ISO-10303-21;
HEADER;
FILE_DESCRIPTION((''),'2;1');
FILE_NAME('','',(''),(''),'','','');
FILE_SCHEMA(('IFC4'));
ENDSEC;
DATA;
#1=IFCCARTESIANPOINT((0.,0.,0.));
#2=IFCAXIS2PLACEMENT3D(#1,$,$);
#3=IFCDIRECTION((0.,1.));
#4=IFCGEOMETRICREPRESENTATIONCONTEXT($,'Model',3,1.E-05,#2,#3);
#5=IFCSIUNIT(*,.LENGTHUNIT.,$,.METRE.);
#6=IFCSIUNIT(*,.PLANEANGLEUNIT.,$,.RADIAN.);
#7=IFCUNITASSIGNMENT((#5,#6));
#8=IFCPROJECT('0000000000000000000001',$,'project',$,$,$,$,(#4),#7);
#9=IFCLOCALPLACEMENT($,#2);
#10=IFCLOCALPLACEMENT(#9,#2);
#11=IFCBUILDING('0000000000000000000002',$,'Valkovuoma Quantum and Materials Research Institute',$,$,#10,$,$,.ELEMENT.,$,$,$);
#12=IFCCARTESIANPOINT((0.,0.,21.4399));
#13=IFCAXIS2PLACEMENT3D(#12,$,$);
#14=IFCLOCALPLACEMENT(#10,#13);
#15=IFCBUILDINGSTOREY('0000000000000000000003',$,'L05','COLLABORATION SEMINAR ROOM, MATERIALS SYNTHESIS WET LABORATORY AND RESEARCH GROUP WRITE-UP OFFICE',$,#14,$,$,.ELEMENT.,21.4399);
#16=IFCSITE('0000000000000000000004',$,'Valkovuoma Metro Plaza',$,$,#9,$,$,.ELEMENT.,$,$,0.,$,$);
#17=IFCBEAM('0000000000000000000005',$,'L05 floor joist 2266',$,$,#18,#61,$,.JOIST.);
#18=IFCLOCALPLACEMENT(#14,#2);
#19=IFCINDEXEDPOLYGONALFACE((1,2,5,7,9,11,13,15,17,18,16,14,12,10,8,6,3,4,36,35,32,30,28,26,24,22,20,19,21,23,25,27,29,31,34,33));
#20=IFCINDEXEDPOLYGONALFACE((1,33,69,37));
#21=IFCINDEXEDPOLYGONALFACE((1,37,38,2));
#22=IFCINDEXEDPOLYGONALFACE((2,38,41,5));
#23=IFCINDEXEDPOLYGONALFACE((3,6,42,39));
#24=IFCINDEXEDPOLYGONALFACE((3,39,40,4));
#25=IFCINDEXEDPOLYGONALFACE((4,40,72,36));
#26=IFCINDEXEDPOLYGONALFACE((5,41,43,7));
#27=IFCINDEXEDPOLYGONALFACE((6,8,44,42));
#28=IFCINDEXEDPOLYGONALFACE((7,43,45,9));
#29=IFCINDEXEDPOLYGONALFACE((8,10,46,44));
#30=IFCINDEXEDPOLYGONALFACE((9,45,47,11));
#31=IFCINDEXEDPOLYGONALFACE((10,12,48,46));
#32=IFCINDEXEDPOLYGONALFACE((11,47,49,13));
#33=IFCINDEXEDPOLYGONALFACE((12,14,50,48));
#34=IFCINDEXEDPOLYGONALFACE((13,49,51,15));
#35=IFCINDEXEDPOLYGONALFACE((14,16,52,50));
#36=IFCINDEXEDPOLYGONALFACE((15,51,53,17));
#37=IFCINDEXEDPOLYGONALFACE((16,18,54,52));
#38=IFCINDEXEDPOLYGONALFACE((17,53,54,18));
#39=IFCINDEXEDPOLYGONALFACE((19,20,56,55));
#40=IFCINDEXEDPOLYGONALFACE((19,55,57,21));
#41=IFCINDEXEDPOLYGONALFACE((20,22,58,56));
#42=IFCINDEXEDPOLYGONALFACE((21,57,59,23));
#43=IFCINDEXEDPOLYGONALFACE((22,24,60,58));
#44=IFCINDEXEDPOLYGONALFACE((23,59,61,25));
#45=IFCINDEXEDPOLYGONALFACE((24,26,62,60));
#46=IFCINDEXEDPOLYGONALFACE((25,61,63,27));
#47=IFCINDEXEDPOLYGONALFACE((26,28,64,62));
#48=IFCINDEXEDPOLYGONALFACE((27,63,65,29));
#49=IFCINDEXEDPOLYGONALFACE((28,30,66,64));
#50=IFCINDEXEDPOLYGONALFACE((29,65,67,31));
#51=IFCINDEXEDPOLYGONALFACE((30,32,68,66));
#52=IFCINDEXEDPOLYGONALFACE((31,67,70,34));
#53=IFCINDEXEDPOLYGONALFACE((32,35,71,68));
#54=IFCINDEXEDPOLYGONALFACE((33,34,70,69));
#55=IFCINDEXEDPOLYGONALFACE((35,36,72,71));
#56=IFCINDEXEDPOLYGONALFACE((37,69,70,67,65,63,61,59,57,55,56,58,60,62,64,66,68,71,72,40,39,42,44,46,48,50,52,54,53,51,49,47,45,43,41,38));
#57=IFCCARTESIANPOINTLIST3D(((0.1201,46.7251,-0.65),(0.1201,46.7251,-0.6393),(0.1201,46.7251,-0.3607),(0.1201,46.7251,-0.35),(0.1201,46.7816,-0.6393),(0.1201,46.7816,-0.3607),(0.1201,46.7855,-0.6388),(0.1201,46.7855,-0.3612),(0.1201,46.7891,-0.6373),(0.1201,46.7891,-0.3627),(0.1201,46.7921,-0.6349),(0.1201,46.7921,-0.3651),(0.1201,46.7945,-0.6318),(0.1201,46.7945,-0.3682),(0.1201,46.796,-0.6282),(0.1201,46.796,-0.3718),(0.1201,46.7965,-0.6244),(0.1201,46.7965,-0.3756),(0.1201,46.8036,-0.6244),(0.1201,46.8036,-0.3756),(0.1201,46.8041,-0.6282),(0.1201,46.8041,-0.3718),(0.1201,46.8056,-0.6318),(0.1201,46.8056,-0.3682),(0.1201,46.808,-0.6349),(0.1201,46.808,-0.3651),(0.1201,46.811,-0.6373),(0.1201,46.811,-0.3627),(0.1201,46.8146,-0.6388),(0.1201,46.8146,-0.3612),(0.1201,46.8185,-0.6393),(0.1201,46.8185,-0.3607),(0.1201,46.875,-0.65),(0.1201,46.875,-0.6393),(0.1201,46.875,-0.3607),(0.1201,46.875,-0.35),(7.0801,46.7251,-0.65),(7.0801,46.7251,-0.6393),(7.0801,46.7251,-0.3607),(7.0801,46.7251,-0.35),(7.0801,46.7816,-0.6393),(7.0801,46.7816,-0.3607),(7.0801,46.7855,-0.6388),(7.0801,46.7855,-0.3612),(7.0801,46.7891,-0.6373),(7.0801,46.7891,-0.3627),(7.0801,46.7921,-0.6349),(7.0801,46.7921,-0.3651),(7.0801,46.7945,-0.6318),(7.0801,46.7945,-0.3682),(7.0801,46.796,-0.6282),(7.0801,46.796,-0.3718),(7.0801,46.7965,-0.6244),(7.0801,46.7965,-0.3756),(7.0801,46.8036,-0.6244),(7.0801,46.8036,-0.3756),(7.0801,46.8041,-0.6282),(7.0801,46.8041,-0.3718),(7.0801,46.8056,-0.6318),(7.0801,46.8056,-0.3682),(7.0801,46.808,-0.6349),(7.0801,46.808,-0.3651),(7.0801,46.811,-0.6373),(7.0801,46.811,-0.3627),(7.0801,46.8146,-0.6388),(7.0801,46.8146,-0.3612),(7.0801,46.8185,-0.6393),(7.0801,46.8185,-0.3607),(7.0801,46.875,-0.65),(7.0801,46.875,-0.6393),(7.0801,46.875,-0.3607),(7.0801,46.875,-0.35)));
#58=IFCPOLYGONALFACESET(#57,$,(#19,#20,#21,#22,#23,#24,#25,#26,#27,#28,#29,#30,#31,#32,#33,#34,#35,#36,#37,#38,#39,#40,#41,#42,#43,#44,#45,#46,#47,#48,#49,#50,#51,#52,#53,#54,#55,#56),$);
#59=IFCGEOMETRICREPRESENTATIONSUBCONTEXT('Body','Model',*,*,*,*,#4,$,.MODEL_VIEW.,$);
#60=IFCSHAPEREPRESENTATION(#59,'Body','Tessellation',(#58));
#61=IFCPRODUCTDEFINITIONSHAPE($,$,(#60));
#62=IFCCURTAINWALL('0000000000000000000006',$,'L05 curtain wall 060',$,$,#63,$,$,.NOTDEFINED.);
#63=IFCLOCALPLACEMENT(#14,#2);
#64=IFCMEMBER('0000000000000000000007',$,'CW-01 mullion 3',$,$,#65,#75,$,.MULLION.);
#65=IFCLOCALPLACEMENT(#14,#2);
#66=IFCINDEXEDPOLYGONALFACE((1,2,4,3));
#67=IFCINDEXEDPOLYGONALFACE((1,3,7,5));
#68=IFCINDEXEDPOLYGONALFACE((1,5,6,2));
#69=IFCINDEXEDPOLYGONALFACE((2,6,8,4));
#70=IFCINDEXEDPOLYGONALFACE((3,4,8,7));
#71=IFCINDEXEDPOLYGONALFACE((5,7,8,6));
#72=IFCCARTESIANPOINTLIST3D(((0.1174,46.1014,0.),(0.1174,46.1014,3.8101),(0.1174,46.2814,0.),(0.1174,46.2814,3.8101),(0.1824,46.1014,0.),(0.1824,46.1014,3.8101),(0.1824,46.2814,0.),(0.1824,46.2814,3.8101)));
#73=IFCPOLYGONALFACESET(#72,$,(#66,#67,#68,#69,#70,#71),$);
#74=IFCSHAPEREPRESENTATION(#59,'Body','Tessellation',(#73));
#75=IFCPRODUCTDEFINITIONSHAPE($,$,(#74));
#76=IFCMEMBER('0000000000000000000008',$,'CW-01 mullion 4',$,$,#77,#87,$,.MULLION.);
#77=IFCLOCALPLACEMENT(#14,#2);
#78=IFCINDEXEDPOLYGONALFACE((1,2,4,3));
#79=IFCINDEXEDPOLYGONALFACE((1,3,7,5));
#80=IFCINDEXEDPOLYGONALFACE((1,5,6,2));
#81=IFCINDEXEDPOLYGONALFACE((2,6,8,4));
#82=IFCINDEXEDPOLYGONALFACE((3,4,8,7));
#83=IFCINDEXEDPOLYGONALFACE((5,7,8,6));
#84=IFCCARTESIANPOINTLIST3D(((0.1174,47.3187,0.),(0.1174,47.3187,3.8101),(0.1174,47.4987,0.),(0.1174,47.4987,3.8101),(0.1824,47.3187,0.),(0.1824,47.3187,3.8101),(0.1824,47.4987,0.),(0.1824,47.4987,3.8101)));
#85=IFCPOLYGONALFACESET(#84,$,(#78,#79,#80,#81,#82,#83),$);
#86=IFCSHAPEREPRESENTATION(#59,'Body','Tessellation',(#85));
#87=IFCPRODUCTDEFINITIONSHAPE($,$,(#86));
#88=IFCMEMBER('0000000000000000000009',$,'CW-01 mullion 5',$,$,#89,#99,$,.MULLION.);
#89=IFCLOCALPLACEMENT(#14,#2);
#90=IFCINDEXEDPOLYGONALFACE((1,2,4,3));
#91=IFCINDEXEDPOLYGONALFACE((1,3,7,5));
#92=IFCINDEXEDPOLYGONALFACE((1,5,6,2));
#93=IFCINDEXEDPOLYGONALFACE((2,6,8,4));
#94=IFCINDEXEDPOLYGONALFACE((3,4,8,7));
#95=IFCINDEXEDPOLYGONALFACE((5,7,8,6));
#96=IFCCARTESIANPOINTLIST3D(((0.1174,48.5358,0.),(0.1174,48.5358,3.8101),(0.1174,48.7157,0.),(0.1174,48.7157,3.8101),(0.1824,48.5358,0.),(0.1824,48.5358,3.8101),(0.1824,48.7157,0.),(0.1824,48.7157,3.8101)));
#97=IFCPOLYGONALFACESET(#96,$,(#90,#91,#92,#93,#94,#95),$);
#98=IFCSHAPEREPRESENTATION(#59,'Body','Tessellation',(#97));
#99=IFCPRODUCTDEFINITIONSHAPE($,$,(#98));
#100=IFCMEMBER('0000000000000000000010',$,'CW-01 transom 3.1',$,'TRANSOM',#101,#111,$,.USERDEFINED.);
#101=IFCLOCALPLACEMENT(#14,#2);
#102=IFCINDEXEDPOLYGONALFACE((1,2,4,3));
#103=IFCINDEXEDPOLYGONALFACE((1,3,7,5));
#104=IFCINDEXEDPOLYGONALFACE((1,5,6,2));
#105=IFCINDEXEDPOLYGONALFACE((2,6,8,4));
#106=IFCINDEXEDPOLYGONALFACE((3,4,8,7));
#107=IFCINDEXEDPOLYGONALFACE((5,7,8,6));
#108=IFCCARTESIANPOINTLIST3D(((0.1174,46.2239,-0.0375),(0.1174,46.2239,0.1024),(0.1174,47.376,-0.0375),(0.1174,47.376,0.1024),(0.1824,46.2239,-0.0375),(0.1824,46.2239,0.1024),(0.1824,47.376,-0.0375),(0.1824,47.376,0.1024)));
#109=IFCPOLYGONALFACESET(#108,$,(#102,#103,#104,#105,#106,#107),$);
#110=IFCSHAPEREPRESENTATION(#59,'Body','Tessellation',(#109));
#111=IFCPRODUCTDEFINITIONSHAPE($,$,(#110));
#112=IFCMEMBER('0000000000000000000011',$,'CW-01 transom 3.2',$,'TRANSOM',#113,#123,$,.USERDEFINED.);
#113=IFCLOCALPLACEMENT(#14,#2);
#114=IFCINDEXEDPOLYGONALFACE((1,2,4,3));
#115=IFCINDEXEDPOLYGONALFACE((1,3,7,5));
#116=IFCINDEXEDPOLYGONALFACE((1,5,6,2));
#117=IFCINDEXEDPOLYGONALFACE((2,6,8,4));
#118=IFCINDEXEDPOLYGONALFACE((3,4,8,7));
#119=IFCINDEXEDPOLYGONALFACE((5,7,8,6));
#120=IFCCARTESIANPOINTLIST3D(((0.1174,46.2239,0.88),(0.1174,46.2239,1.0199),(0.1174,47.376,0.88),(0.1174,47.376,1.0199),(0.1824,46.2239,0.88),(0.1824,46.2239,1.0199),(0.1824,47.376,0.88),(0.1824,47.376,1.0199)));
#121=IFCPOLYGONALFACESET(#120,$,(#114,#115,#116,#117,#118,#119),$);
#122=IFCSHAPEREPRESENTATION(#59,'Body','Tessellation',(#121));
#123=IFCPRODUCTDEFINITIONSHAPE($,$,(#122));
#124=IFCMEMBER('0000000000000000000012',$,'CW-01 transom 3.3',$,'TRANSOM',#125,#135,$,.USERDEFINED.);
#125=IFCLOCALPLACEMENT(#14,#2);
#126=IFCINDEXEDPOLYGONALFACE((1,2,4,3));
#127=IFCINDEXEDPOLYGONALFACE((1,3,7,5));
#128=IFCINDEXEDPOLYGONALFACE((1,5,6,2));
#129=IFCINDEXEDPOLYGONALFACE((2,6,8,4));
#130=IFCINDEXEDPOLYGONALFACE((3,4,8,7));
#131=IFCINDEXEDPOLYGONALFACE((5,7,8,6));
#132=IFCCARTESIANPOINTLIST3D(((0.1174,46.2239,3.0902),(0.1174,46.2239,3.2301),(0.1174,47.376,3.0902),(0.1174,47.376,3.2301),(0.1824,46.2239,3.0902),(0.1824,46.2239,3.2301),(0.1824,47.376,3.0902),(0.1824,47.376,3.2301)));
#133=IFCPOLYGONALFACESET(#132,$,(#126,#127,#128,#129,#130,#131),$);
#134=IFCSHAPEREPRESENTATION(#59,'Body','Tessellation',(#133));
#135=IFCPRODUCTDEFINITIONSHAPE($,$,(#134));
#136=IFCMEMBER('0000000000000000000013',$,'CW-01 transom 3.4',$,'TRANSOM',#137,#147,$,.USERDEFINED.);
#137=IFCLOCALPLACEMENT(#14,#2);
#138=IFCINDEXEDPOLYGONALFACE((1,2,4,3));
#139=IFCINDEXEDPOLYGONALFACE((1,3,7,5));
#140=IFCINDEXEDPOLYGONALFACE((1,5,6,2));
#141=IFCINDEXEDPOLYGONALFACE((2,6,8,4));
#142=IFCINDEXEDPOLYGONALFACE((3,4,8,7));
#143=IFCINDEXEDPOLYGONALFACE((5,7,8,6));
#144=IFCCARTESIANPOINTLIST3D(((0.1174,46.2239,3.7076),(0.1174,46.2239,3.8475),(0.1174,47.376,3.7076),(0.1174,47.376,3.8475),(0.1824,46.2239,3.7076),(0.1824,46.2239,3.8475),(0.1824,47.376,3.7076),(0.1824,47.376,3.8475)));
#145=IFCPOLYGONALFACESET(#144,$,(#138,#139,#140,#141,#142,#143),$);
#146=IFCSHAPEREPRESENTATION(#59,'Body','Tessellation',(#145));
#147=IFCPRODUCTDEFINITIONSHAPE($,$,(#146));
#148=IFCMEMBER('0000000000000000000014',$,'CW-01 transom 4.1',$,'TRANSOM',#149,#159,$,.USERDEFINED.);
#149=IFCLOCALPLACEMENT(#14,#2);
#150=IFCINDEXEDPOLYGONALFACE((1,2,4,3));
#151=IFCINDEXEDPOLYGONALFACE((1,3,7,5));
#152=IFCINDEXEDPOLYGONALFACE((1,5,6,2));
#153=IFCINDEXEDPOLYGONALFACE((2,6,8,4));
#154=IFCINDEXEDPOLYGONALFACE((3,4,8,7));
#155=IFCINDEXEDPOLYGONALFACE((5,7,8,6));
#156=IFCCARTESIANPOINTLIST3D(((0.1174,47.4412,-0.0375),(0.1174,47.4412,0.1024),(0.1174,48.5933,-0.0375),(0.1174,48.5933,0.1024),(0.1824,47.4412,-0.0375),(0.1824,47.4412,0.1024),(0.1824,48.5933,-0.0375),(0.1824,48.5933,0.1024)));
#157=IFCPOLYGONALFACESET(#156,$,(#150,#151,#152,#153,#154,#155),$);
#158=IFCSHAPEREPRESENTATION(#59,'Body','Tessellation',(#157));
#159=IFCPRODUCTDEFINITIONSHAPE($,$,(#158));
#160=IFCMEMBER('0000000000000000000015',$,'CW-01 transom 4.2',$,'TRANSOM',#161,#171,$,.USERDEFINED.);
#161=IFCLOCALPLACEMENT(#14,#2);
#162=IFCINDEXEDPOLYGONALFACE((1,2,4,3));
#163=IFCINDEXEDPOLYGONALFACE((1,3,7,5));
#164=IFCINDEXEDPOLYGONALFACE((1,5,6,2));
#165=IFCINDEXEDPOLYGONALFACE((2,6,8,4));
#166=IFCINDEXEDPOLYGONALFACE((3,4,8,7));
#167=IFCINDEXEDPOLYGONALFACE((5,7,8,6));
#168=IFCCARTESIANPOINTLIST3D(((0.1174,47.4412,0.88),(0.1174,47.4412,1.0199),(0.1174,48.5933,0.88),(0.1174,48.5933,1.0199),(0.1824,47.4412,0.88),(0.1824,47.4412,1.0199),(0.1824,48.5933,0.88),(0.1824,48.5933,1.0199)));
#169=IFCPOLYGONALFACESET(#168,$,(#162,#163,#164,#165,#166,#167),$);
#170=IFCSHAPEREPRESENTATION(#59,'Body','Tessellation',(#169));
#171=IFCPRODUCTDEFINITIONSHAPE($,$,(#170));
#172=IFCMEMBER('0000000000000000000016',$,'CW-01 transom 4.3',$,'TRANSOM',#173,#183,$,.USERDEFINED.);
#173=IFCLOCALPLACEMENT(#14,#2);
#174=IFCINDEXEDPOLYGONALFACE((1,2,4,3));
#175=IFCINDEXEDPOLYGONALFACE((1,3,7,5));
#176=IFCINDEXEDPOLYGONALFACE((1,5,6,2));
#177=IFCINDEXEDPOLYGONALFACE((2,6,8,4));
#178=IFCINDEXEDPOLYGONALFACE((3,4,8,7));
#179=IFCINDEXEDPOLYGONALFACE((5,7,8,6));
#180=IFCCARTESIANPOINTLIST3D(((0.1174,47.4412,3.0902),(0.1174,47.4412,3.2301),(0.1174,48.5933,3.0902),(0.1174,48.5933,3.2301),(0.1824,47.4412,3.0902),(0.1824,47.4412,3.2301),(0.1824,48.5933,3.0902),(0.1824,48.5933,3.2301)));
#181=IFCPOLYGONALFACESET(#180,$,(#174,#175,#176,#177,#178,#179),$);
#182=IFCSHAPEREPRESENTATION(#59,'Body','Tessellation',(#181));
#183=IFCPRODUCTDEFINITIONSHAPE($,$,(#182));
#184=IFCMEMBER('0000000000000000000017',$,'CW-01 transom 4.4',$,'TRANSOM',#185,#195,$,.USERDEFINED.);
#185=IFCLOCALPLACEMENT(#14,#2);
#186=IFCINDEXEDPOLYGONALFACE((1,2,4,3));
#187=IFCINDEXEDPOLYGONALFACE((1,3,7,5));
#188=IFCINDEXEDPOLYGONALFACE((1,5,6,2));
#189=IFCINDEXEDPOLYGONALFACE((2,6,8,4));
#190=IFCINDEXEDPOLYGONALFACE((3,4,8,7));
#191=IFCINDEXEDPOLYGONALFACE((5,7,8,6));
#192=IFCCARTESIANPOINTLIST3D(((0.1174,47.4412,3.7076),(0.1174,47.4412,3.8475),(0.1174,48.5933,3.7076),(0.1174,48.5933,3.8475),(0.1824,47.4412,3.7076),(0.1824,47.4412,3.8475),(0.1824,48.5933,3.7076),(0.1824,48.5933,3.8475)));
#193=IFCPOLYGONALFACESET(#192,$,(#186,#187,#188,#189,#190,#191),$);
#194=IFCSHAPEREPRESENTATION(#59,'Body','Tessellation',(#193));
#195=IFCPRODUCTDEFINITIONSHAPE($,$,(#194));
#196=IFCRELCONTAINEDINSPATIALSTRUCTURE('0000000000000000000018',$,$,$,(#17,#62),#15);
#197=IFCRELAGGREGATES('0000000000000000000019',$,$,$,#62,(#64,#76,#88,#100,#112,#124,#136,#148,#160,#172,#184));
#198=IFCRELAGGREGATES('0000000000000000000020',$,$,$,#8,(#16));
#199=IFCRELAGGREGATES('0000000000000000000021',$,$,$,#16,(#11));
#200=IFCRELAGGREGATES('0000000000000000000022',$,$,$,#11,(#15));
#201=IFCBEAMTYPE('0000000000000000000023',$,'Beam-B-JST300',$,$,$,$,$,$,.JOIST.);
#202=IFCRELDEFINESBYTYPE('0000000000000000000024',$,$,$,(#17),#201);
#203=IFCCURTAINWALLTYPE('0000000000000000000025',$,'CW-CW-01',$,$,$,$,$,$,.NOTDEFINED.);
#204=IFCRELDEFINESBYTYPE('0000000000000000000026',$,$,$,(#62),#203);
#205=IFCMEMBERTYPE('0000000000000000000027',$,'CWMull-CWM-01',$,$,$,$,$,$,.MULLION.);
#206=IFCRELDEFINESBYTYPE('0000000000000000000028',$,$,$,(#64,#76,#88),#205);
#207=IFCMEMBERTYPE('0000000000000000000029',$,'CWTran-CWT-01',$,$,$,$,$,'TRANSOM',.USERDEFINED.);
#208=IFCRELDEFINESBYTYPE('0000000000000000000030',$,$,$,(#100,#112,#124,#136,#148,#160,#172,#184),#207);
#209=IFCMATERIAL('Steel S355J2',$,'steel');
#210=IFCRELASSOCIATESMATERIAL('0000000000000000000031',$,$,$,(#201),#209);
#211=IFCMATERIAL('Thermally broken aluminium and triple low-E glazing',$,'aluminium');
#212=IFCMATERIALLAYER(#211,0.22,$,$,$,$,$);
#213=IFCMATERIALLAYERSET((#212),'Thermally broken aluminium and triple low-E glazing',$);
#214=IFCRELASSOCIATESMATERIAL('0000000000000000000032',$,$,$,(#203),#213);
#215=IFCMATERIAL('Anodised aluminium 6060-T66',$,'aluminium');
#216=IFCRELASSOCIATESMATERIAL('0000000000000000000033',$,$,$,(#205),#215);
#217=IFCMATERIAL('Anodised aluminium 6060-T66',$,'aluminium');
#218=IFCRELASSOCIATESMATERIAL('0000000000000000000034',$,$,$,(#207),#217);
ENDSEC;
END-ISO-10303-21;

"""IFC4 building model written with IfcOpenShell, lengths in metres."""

from ifc_helpers import new_model, si_unit, direction, frame, origin, origin_2d, place, context, subcontext, project, spatial, rectangle, i_section, extrude, material, layer, layer_set, material_profile, profile_set, type_object, element, aggregate, save


model = new_model("IFC4")

# Units and contexts
model_context = context("Model", 3, precision=1e-05, world=origin(), true_north=direction((0.0, 1.0)))
body_context = subcontext(model_context, "Body", "Model", "MODEL_VIEW")
ifc_project = project(units=[si_unit("LENGTHUNIT", "METRE"), si_unit("PLANEANGLEUNIT", "RADIAN")], contexts=[model_context])

# Site, building, storey
site_placement = place(None, origin())
site = spatial("IfcSite", under=ifc_project, at=site_placement, Name="Valkovuoma Metro Plaza", CompositionType="ELEMENT", RefElevation=0.0)
building_placement = place(site_placement, origin())
building = spatial("IfcBuilding", under=site, at=building_placement, Name="Valkovuoma Quantum and Materials Research Institute", CompositionType="ELEMENT")
storey_placement = place(building_placement, frame((0.0, 0.0, 21.4399)))
storey = spatial("IfcBuildingStorey", under=building, at=storey_placement, Name="L05", Description="COLLABORATION SEMINAR ROOM, MATERIALS SYNTHESIS WET LABORATORY AND RESEARCH GROUP WRITE-UP OFFICE", CompositionType="ELEMENT", Elevation=21.4399)

# Beam
ifc_material_1 = material(Name="Steel S355J2", Category="steel")
ifc_material_profile_1 = material_profile(ifc_material_1, i_section(OverallWidth=0.1499, OverallDepth=0.3, WebThickness=0.0071, FlangeThickness=0.0107, FilletRadius=0.0149, at=origin_2d()), Name="Steel S355J2")
ifc_profile_set_1 = profile_set([ifc_material_profile_1], Name="Steel S355J2")
beam_type = type_object("IfcBeamType", Name="Beam-B-JST300", PredefinedType="JOIST", material=ifc_profile_set_1)
beam_placement = place(storey_placement, frame((0.1201, 46.8, -0.5), z_axis=(1.0, 0.0, 0.0), x_axis=(0.0, 1.0, 0.0)))
element("IfcBeam", 1, at=beam_placement, inside=storey, type_object=beam_type, Name="L05 floor joist 2266", PredefinedType="JOIST", context=body_context, shape_type="SweptSolid", body=[
    extrude(i_section(OverallWidth=0.1499, OverallDepth=0.3, WebThickness=0.0071, FlangeThickness=0.0107, FilletRadius=0.0149, at=origin_2d()), origin(), (0.0, 0.0, 1.0), 6.96),
])

# Curtain wall, members
ifc_material_2 = material(Name="Thermally broken aluminium and triple low-E glazing", Category="aluminium")
ifc_layer_1 = layer(ifc_material_2, 0.22)
ifc_layer_set_1 = layer_set([ifc_layer_1], Name="Thermally broken aluminium and triple low-E glazing")
curtain_wall_type = type_object("IfcCurtainWallType", Name="CW-CW-01", PredefinedType="NOTDEFINED", material=ifc_layer_set_1)
curtain_wall_placement = place(storey_placement, origin())
curtain_wall = element("IfcCurtainWall", 2, at=curtain_wall_placement, inside=storey, type_object=curtain_wall_type, Name="L05 curtain wall 060", PredefinedType="NOTDEFINED")
ifc_material_3 = material(Name="Anodised aluminium 6060-T66", Category="aluminium")
ifc_material_profile_2 = material_profile(ifc_material_3, rectangle(XDim=0.0649, YDim=0.1799, at=origin_2d()), Name="Anodised aluminium 6060-T66")
ifc_profile_set_2 = profile_set([ifc_material_profile_2], Name="Anodised aluminium 6060-T66")
member_type_1 = type_object("IfcMemberType", Name="CWMull-CWM-01", PredefinedType="MULLION", material=ifc_profile_set_2)
member_1_placement = place(storey_placement, frame((0.1499, 46.1914, 0.0), z_axis=(0.0, 0.0, 1.0), x_axis=(-1.0, 0.0, 0.0)))
member_1 = element("IfcMember", 3, at=member_1_placement, type_object=member_type_1, Name="CW-01 mullion 3", PredefinedType="MULLION", context=body_context, shape_type="SweptSolid", body=[
    extrude(rectangle(XDim=0.0649, YDim=0.1799, at=origin_2d()), origin(), (0.0, 0.0, 1.0), 3.8101),
])
member_2_placement = place(storey_placement, frame((0.1499, 47.4087, 0.0), z_axis=(0.0, 0.0, 1.0), x_axis=(-1.0, 0.0, 0.0)))
member_2 = element("IfcMember", 4, at=member_2_placement, type_object=member_type_1, Name="CW-01 mullion 4", PredefinedType="MULLION", context=body_context, shape_type="SweptSolid", body=[
    extrude(rectangle(XDim=0.0649, YDim=0.1799, at=origin_2d()), origin(), (0.0, 0.0, 1.0), 3.8101),
])
member_3_placement = place(storey_placement, frame((0.1499, 48.6257, 0.0), z_axis=(0.0, 0.0, 1.0), x_axis=(-1.0, 0.0, 0.0)))
member_3 = element("IfcMember", 5, at=member_3_placement, type_object=member_type_1, Name="CW-01 mullion 5", PredefinedType="MULLION", context=body_context, shape_type="SweptSolid", body=[
    extrude(rectangle(XDim=0.0649, YDim=0.1799, at=origin_2d()), origin(), (0.0, 0.0, 1.0), 3.8101),
])
ifc_material_4 = material(Name="Anodised aluminium 6060-T66", Category="aluminium")
ifc_material_profile_3 = material_profile(ifc_material_4, rectangle(XDim=0.0649, YDim=0.1399, at=origin_2d()), Name="Anodised aluminium 6060-T66")
ifc_profile_set_3 = profile_set([ifc_material_profile_3], Name="Anodised aluminium 6060-T66")
member_type_2 = type_object("IfcMemberType", Name="CWTran-CWT-01", ElementType="TRANSOM", PredefinedType="USERDEFINED", material=ifc_profile_set_3)
member_4_placement = place(storey_placement, frame((0.1499, 46.2239, 0.0325), z_axis=(0.0, 1.0, 0.0), x_axis=(-1.0, 0.0, 0.0)))
member_4 = element("IfcMember", 6, at=member_4_placement, type_object=member_type_2, Name="CW-01 transom 3.1", ObjectType="TRANSOM", PredefinedType="USERDEFINED", context=body_context, shape_type="SweptSolid", body=[
    extrude(rectangle(XDim=0.0649, YDim=0.1399, at=origin_2d()), origin(), (0.0, 0.0, 1.0), 1.1521),
])
member_5_placement = place(storey_placement, frame((0.1499, 46.2239, 0.95), z_axis=(0.0, 1.0, 0.0), x_axis=(-1.0, 0.0, 0.0)))
member_5 = element("IfcMember", 7, at=member_5_placement, type_object=member_type_2, Name="CW-01 transom 3.2", ObjectType="TRANSOM", PredefinedType="USERDEFINED", context=body_context, shape_type="SweptSolid", body=[
    extrude(rectangle(XDim=0.0649, YDim=0.1399, at=origin_2d()), origin(), (0.0, 0.0, 1.0), 1.1521),
])
member_6_placement = place(storey_placement, frame((0.1499, 46.2239, 3.1602), z_axis=(0.0, 1.0, 0.0), x_axis=(-1.0, 0.0, 0.0)))
member_6 = element("IfcMember", 8, at=member_6_placement, type_object=member_type_2, Name="CW-01 transom 3.3", ObjectType="TRANSOM", PredefinedType="USERDEFINED", context=body_context, shape_type="SweptSolid", body=[
    extrude(rectangle(XDim=0.0649, YDim=0.1399, at=origin_2d()), origin(), (0.0, 0.0, 1.0), 1.1521),
])
member_7_placement = place(storey_placement, frame((0.1499, 46.2239, 3.7776), z_axis=(0.0, 1.0, 0.0), x_axis=(-1.0, 0.0, 0.0)))
member_7 = element("IfcMember", 9, at=member_7_placement, type_object=member_type_2, Name="CW-01 transom 3.4", ObjectType="TRANSOM", PredefinedType="USERDEFINED", context=body_context, shape_type="SweptSolid", body=[
    extrude(rectangle(XDim=0.0649, YDim=0.1399, at=origin_2d()), origin(), (0.0, 0.0, 1.0), 1.1521),
])
member_8_placement = place(storey_placement, frame((0.1499, 47.4412, 0.0325), z_axis=(0.0, 1.0, 0.0), x_axis=(-1.0, 0.0, 0.0)))
member_8 = element("IfcMember", 10, at=member_8_placement, type_object=member_type_2, Name="CW-01 transom 4.1", ObjectType="TRANSOM", PredefinedType="USERDEFINED", context=body_context, shape_type="SweptSolid", body=[
    extrude(rectangle(XDim=0.0649, YDim=0.1399, at=origin_2d()), origin(), (0.0, 0.0, 1.0), 1.1521),
])
member_9_placement = place(storey_placement, frame((0.1499, 47.4412, 0.95), z_axis=(0.0, 1.0, 0.0), x_axis=(-1.0, 0.0, 0.0)))
member_9 = element("IfcMember", 11, at=member_9_placement, type_object=member_type_2, Name="CW-01 transom 4.2", ObjectType="TRANSOM", PredefinedType="USERDEFINED", context=body_context, shape_type="SweptSolid", body=[
    extrude(rectangle(XDim=0.0649, YDim=0.1399, at=origin_2d()), origin(), (0.0, 0.0, 1.0), 1.1521),
])
member_10_placement = place(storey_placement, frame((0.1499, 47.4412, 3.1602), z_axis=(0.0, 1.0, 0.0), x_axis=(-1.0, 0.0, 0.0)))
member_10 = element("IfcMember", 12, at=member_10_placement, type_object=member_type_2, Name="CW-01 transom 4.3", ObjectType="TRANSOM", PredefinedType="USERDEFINED", context=body_context, shape_type="SweptSolid", body=[
    extrude(rectangle(XDim=0.0649, YDim=0.1399, at=origin_2d()), origin(), (0.0, 0.0, 1.0), 1.1521),
])
member_11_placement = place(storey_placement, frame((0.1499, 47.4412, 3.7776), z_axis=(0.0, 1.0, 0.0), x_axis=(-1.0, 0.0, 0.0)))
member_11 = element("IfcMember", 13, at=member_11_placement, type_object=member_type_2, Name="CW-01 transom 4.4", ObjectType="TRANSOM", PredefinedType="USERDEFINED", context=body_context, shape_type="SweptSolid", body=[
    extrude(rectangle(XDim=0.0649, YDim=0.1399, at=origin_2d()), origin(), (0.0, 0.0, 1.0), 1.1521),
])
aggregate(curtain_wall, [member_1, member_2, member_3, member_4, member_5, member_6, member_7, member_8, member_9, member_10, member_11])

save(model, "model.ifc")
